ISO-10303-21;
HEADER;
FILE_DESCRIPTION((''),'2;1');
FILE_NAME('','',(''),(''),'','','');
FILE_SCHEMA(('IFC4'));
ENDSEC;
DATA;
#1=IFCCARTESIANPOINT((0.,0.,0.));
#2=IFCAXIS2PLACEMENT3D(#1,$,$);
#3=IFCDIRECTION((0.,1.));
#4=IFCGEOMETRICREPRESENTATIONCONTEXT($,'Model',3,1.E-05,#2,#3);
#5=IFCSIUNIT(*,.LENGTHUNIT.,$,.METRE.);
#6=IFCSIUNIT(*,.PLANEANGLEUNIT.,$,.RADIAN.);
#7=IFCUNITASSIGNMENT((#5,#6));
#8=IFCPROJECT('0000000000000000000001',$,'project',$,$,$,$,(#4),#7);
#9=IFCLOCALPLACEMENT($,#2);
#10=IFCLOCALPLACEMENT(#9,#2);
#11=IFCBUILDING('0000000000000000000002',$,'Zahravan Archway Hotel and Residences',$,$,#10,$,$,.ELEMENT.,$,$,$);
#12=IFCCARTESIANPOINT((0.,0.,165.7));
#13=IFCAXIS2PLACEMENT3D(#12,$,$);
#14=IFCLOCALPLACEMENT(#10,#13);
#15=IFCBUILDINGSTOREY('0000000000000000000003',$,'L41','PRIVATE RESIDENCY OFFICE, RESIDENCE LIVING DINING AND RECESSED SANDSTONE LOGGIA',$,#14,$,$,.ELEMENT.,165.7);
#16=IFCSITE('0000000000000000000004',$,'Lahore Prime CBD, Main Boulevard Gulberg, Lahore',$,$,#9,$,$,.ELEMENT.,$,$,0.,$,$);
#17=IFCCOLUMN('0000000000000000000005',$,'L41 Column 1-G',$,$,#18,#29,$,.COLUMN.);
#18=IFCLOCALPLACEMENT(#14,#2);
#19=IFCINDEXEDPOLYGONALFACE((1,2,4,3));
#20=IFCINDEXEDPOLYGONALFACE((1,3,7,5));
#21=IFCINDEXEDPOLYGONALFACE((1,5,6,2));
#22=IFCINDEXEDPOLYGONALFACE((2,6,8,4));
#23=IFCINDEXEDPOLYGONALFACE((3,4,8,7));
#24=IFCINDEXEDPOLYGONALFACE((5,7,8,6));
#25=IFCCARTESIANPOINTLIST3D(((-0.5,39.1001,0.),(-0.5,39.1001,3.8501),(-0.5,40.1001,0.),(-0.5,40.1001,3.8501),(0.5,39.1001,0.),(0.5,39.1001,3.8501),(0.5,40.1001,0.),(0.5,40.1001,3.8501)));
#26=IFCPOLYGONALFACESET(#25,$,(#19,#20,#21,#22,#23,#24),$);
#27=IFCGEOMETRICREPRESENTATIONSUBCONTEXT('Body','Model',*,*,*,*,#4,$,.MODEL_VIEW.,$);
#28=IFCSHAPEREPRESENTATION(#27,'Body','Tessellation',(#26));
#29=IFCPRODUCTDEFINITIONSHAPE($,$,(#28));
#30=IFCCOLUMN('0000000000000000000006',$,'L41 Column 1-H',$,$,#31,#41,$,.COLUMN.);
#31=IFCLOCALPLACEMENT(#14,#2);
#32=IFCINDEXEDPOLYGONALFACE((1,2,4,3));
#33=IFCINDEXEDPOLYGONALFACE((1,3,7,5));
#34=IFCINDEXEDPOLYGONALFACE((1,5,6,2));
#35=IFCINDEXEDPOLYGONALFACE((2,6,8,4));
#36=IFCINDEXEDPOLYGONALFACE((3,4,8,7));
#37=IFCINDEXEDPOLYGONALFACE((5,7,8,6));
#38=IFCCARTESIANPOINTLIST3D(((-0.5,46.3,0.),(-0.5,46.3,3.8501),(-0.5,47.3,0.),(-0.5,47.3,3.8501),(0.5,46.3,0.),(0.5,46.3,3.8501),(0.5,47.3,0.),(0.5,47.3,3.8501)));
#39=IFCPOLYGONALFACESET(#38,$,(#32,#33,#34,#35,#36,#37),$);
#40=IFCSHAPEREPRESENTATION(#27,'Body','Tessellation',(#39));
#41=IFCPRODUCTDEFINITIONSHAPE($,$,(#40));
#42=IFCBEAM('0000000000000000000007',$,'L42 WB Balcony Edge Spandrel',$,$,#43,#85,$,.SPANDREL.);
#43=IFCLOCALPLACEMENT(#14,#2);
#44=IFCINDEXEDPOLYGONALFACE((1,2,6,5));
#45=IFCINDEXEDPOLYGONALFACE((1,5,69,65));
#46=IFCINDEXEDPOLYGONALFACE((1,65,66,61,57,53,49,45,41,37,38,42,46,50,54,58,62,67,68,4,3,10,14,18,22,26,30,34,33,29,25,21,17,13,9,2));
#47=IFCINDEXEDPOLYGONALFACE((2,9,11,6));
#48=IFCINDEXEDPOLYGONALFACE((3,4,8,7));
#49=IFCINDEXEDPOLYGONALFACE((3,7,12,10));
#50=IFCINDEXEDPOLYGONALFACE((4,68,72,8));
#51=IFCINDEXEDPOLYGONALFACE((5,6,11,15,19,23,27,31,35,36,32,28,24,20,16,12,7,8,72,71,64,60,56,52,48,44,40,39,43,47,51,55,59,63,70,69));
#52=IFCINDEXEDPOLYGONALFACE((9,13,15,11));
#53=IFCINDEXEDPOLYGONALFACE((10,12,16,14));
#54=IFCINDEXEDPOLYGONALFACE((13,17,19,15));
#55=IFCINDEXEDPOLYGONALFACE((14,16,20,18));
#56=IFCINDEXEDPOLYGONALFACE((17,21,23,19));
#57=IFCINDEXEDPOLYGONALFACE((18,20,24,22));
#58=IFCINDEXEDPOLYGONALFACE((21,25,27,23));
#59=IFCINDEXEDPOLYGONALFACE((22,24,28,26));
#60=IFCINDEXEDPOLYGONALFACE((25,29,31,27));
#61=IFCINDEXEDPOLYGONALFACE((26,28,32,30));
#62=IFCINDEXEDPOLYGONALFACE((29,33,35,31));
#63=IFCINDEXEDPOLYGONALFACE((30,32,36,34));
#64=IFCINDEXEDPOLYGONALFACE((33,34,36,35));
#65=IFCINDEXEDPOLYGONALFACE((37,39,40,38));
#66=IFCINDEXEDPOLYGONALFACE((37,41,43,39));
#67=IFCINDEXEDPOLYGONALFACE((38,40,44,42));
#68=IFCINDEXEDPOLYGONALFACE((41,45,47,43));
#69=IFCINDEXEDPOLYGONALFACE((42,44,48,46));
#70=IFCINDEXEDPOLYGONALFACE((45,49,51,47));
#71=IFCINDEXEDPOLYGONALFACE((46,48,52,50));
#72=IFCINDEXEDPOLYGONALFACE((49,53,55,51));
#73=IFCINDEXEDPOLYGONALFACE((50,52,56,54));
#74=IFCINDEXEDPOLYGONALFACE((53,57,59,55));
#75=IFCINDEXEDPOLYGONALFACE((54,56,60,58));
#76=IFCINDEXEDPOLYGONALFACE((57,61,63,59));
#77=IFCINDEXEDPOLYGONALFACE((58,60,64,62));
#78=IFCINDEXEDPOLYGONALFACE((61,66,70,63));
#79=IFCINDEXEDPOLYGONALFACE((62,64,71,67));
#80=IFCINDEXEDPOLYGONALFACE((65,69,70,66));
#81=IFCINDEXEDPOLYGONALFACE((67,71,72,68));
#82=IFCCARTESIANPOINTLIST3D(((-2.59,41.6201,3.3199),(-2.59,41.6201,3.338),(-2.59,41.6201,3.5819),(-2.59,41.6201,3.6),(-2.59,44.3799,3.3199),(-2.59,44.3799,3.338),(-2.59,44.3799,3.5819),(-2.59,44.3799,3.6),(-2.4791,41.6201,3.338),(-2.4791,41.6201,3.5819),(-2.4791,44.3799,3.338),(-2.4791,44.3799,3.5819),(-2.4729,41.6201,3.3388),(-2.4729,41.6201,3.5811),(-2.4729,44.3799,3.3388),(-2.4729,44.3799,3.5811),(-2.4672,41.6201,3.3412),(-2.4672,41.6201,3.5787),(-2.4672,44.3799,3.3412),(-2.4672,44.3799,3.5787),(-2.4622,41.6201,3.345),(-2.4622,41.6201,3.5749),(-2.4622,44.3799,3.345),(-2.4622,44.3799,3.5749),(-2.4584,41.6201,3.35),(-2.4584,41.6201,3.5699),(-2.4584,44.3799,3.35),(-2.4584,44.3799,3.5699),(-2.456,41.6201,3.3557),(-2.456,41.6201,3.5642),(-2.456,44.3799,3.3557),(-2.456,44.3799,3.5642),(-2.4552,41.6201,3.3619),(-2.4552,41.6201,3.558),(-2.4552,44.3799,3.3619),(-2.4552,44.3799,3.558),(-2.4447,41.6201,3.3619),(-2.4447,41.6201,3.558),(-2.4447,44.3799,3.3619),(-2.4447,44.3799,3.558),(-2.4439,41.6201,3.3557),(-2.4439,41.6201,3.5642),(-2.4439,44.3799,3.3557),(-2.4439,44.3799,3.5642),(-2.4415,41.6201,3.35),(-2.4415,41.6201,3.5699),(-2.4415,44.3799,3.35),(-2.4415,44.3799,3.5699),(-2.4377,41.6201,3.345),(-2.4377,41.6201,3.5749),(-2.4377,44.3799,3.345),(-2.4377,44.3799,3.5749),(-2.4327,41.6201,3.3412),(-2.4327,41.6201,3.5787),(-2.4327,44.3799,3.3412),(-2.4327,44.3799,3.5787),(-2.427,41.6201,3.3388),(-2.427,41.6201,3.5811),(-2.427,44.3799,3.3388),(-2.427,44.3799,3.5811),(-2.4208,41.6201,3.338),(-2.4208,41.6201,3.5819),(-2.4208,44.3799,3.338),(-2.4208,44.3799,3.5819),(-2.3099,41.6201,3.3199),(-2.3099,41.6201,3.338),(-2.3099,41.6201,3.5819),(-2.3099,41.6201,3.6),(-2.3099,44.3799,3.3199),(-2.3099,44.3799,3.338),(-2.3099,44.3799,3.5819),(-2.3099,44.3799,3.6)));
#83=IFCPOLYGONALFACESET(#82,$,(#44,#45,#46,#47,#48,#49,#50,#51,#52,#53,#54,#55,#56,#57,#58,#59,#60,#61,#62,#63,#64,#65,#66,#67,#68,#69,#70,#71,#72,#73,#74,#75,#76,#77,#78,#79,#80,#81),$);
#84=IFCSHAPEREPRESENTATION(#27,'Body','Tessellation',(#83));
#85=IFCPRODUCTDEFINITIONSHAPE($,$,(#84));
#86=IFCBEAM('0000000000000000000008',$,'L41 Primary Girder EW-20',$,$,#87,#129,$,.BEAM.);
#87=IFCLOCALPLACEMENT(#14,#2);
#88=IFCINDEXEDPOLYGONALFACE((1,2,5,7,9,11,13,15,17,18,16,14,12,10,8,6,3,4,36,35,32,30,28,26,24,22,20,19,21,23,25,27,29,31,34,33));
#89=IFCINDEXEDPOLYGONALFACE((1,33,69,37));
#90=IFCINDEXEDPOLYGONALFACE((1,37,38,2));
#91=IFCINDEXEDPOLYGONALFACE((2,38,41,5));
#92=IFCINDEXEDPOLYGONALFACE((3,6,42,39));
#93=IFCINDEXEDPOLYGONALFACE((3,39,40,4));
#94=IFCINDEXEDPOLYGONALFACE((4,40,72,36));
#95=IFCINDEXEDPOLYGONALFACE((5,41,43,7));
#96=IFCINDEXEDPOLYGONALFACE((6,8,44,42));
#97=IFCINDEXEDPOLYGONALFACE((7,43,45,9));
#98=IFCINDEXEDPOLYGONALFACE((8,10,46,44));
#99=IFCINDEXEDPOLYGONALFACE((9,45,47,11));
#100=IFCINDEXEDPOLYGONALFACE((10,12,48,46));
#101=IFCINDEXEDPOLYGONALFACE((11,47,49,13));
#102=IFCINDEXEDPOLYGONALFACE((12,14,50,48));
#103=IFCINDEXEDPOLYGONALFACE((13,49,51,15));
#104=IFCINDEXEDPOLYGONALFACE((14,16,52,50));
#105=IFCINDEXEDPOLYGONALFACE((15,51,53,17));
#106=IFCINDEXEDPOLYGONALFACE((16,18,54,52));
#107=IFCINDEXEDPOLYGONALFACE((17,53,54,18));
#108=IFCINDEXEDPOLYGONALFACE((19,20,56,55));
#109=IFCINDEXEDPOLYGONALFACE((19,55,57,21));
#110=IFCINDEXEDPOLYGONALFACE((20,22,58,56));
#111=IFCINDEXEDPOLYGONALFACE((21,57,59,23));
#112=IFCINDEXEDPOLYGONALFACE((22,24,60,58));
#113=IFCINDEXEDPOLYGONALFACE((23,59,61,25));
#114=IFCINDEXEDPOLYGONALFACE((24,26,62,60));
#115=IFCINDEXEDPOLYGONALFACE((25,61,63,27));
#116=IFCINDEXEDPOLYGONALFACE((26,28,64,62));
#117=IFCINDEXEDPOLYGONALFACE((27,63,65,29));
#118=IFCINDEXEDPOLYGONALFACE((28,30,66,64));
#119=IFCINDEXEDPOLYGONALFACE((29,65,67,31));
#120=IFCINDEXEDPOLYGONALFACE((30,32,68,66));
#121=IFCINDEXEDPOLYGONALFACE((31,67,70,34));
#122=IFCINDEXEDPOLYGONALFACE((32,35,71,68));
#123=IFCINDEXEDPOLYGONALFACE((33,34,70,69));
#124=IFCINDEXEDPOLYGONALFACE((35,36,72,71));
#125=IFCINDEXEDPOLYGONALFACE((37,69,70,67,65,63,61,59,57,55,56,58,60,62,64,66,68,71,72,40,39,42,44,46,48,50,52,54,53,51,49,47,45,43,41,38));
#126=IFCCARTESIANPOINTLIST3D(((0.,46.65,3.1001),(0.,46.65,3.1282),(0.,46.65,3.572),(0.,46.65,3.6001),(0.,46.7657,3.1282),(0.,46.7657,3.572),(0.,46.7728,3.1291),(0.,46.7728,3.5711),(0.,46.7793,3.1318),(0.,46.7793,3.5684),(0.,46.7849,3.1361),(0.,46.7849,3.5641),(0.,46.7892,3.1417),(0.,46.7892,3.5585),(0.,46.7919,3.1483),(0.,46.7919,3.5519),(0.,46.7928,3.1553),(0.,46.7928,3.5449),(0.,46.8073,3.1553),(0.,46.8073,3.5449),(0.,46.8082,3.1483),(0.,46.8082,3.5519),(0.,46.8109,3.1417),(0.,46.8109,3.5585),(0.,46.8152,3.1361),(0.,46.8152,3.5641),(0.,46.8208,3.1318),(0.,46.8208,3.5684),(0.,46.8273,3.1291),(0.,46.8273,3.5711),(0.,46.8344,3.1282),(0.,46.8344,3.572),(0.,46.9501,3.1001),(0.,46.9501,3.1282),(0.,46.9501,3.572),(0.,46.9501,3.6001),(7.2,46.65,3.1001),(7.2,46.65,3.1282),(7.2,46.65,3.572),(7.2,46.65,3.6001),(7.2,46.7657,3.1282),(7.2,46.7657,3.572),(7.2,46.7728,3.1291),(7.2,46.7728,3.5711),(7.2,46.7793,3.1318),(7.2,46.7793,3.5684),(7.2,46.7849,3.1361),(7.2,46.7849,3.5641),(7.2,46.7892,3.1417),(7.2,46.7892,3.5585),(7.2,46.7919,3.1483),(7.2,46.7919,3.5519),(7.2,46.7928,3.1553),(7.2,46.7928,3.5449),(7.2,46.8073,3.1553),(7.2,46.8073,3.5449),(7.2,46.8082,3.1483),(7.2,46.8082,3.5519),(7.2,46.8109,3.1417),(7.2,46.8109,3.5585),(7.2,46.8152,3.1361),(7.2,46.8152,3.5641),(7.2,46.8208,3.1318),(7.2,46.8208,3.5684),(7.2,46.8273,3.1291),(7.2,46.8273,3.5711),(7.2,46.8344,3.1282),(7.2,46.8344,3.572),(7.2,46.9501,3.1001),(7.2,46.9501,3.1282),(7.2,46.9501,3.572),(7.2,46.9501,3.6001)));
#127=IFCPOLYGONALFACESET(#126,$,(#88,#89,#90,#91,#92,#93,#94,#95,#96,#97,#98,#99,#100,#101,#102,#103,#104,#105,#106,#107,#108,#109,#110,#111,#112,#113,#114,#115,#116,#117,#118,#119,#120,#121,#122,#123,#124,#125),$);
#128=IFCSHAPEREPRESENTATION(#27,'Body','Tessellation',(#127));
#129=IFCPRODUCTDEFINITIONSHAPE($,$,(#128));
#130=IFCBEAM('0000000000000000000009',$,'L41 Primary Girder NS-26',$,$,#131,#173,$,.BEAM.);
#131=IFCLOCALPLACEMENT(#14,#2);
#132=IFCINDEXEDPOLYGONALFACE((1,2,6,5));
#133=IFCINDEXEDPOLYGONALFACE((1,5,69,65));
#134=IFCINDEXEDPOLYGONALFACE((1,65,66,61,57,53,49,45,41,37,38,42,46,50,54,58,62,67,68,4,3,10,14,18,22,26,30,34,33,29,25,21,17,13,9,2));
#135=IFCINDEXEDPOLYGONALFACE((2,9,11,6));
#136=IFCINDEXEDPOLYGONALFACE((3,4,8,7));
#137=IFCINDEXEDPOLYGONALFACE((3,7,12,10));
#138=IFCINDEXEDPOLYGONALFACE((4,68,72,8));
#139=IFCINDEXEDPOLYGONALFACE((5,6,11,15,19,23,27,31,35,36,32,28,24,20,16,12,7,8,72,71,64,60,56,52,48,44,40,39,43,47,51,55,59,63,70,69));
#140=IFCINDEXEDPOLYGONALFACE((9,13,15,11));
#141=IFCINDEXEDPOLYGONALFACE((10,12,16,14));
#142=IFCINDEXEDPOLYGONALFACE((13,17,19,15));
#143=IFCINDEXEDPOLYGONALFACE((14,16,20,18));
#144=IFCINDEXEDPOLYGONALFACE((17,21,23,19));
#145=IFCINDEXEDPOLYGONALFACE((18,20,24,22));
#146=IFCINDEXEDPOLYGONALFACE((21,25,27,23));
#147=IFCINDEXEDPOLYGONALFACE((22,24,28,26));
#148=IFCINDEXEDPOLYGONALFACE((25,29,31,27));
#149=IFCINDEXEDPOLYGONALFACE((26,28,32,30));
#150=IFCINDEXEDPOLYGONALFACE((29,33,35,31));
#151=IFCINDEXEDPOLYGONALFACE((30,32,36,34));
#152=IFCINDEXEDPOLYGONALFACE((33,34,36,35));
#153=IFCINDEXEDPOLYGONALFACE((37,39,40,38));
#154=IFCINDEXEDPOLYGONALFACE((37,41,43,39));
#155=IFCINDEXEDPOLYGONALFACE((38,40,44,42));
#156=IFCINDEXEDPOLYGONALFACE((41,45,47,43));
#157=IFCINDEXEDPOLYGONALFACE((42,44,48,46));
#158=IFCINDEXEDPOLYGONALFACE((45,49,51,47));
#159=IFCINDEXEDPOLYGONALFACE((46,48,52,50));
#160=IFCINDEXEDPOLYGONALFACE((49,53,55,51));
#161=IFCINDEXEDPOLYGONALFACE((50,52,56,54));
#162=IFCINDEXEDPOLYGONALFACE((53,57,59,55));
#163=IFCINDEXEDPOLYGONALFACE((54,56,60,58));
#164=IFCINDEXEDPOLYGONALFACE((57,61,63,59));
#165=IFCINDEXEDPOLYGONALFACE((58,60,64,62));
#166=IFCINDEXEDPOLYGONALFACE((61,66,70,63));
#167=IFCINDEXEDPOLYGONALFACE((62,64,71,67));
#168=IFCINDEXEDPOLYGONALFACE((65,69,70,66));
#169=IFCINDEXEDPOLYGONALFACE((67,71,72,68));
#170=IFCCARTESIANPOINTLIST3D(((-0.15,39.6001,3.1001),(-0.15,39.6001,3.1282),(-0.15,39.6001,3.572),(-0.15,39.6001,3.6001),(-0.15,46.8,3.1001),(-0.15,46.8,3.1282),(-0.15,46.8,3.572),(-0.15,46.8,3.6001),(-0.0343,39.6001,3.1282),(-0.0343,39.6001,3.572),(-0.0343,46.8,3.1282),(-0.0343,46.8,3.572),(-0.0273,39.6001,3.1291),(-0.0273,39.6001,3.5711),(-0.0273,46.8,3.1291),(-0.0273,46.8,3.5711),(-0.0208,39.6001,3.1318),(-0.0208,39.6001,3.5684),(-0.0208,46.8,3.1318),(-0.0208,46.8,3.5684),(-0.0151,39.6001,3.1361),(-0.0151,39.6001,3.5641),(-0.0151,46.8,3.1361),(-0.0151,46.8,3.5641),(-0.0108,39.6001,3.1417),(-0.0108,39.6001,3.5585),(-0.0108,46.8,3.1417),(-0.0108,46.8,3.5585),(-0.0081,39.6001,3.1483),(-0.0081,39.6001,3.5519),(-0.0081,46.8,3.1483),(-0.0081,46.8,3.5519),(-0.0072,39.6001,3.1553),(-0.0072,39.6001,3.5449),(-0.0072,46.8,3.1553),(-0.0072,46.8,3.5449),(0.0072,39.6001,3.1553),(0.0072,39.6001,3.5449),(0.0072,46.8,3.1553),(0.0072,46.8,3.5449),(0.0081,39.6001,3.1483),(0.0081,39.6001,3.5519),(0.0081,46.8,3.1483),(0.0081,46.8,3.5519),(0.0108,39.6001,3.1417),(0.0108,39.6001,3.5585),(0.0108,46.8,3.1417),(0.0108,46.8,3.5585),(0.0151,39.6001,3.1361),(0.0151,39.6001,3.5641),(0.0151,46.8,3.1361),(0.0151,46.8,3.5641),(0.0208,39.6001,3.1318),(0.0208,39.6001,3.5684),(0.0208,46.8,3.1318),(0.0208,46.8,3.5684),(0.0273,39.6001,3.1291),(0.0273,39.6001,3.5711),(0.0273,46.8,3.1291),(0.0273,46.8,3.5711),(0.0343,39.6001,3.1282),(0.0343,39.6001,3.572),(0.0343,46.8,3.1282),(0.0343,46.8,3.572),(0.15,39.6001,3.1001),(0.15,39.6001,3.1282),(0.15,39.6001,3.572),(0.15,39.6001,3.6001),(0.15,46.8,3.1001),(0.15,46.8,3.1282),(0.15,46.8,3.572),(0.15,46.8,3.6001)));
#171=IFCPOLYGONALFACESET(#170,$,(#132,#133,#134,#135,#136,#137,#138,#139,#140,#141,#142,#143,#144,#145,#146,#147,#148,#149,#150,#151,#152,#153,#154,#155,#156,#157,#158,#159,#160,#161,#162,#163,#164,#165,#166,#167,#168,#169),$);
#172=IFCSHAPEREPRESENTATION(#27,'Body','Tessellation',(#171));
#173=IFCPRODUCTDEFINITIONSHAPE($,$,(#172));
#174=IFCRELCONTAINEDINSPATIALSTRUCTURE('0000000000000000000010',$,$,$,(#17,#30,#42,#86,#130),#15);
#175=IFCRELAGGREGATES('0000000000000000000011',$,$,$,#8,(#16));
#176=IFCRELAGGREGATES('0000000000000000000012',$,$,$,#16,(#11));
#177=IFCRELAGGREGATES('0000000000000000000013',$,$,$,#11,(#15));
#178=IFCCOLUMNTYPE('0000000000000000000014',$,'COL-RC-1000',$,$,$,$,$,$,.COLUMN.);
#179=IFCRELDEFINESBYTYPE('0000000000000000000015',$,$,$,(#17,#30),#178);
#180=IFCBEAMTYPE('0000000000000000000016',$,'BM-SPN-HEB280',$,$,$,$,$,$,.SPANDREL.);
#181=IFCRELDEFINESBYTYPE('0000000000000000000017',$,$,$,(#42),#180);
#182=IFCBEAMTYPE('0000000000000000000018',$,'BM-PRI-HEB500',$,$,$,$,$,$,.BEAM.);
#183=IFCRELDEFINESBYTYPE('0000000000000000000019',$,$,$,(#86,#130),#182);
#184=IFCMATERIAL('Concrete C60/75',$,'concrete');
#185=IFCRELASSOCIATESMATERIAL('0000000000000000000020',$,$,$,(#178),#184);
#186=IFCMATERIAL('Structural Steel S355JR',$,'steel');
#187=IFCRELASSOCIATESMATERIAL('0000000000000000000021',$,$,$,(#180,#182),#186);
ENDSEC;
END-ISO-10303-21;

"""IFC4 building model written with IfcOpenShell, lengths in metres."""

from ifc_helpers import new_model, si_unit, direction, frame, origin, origin_2d, place, context, subcontext, project, spatial, rectangle, i_section, extrude, source, transform, mapped, material, material_profile, profile_set, type_object, element, save


model = new_model("IFC4")

# Units and contexts
model_context = context("Model", 3, precision=1e-05, world=origin(), true_north=direction((0.0, 1.0)))
body_context = subcontext(model_context, "Body", "Model", "MODEL_VIEW")
ifc_project = project(units=[si_unit("LENGTHUNIT", "METRE"), si_unit("PLANEANGLEUNIT", "RADIAN")], contexts=[model_context])

# Site, building, storey
site_placement = place(None, origin())
site = spatial("IfcSite", under=ifc_project, at=site_placement, Name="Lahore Prime CBD, Main Boulevard Gulberg, Lahore", CompositionType="ELEMENT", RefElevation=0.0)
building_placement = place(site_placement, origin())
building = spatial("IfcBuilding", under=site, at=building_placement, Name="Zahravan Archway Hotel and Residences", CompositionType="ELEMENT")
storey_placement = place(building_placement, frame((0.0, 0.0, 165.7)))
storey = spatial("IfcBuildingStorey", under=building, at=storey_placement, Name="L41", Description="PRIVATE RESIDENCY OFFICE, RESIDENCE LIVING DINING AND RECESSED SANDSTONE LOGGIA", CompositionType="ELEMENT", Elevation=165.7)

# Columns
ifc_material_1 = material(Name="Concrete C60/75", Category="concrete")
ifc_material_profile_1 = material_profile(ifc_material_1, rectangle(XDim=1.0, YDim=1.0, at=origin_2d()), Name="RC-COL-1000x1000", Category="concrete")
ifc_profile_set_1 = profile_set([ifc_material_profile_1], Name="Concrete C60/75")
column_type = type_object("IfcColumnType", Name="COL-RC-1000", PredefinedType="COLUMN", material=ifc_profile_set_1)
shared_shape_1 = source(origin(), body_context, "Body", "SweptSolid", [
    extrude(rectangle(XDim=1.0, YDim=1.0, at=origin_2d()), origin(), (0.0, 0.0, 1.0), 3.8501),
])
for number, where, z_axis, x_axis, name in (
    (1, (0.0, 39.6001, 0.0), (0.0, 0.0, 1.0), (1.0, 0.0, 0.0), "L41 Column 1-G"),
    (2, (0.0, 46.8, 0.0), (0.0, 0.0, 1.0), (1.0, 0.0, 0.0), "L41 Column 1-H"),
):
    element("IfcColumn", number, at=place(storey_placement, frame(where, z_axis=z_axis, x_axis=x_axis)), inside=storey, type_object=column_type, Name=name, PredefinedType="COLUMN", context=body_context, shape_type="MappedRepresentation", body=[
        mapped(shared_shape_1, transform((0.0, 0.0, 0.0), scale=1.0)),
    ])

# Beams
ifc_material_2 = material(Name="Structural Steel S355JR", Category="steel")
ifc_material_profile_2 = material_profile(ifc_material_2, i_section(OverallWidth=0.28, OverallDepth=0.28, WebThickness=0.0105, FlangeThickness=0.0181, FilletRadius=0.0239, at=origin_2d()), Name="HEB 280", Category="steel")
ifc_profile_set_2 = profile_set([ifc_material_profile_2], Name="Structural Steel S355JR")
beam_type_1 = type_object("IfcBeamType", Name="BM-SPN-HEB280", PredefinedType="SPANDREL", material=ifc_profile_set_2)
shared_shape_2 = source(origin(), body_context, "Body", "SweptSolid", [
    extrude(i_section(OverallWidth=0.28, OverallDepth=0.28, WebThickness=0.0105, FlangeThickness=0.0181, FilletRadius=0.0239, at=origin_2d()), origin(), (0.0, 0.0, 1.0), 2.7598),
])
beam_placement = place(storey_placement, frame((-2.45, 41.6201, 3.46), z_axis=(0.0, 1.0, 0.0), x_axis=(-1.0, 0.0, 0.0)))
element("IfcBeam", 3, at=beam_placement, inside=storey, type_object=beam_type_1, Name="L42 WB Balcony Edge Spandrel", PredefinedType="SPANDREL", context=body_context, shape_type="MappedRepresentation", body=[
    mapped(shared_shape_2, transform((0.0, 0.0, 0.0), scale=1.0)),
])
ifc_material_profile_3 = material_profile(ifc_material_2, i_section(OverallWidth=0.3, OverallDepth=0.5, WebThickness=0.0144, FlangeThickness=0.0281, FilletRadius=0.0271, at=origin_2d()), Name="HEB 500", Category="steel")
ifc_profile_set_3 = profile_set([ifc_material_profile_3], Name="Structural Steel S355JR")
beam_type_2 = type_object("IfcBeamType", Name="BM-PRI-HEB500", PredefinedType="BEAM", material=ifc_profile_set_3)
shared_shape_3 = source(origin(), body_context, "Body", "SweptSolid", [
    extrude(i_section(OverallWidth=0.3, OverallDepth=0.5, WebThickness=0.0144, FlangeThickness=0.0281, FilletRadius=0.0271, at=origin_2d()), origin(), (0.0, 0.0, 1.0), 7.2),
])
for number, where, z_axis, x_axis, name in (
    (4, (0.0, 46.8, 3.3501), (1.0, 0.0, 0.0), (0.0, 1.0, 0.0), "L41 Primary Girder EW-20"),
    (5, (0.0, 39.6001, 3.3501), (0.0, 1.0, 0.0), (-1.0, 0.0, 0.0), "L41 Primary Girder NS-26"),
):
    element("IfcBeam", number, at=place(storey_placement, frame(where, z_axis=z_axis, x_axis=x_axis)), inside=storey, type_object=beam_type_2, Name=name, PredefinedType="BEAM", context=body_context, shape_type="MappedRepresentation", body=[
        mapped(shared_shape_3, transform((0.0, 0.0, 0.0), scale=1.0)),
    ])

save(model, "model.ifc")
